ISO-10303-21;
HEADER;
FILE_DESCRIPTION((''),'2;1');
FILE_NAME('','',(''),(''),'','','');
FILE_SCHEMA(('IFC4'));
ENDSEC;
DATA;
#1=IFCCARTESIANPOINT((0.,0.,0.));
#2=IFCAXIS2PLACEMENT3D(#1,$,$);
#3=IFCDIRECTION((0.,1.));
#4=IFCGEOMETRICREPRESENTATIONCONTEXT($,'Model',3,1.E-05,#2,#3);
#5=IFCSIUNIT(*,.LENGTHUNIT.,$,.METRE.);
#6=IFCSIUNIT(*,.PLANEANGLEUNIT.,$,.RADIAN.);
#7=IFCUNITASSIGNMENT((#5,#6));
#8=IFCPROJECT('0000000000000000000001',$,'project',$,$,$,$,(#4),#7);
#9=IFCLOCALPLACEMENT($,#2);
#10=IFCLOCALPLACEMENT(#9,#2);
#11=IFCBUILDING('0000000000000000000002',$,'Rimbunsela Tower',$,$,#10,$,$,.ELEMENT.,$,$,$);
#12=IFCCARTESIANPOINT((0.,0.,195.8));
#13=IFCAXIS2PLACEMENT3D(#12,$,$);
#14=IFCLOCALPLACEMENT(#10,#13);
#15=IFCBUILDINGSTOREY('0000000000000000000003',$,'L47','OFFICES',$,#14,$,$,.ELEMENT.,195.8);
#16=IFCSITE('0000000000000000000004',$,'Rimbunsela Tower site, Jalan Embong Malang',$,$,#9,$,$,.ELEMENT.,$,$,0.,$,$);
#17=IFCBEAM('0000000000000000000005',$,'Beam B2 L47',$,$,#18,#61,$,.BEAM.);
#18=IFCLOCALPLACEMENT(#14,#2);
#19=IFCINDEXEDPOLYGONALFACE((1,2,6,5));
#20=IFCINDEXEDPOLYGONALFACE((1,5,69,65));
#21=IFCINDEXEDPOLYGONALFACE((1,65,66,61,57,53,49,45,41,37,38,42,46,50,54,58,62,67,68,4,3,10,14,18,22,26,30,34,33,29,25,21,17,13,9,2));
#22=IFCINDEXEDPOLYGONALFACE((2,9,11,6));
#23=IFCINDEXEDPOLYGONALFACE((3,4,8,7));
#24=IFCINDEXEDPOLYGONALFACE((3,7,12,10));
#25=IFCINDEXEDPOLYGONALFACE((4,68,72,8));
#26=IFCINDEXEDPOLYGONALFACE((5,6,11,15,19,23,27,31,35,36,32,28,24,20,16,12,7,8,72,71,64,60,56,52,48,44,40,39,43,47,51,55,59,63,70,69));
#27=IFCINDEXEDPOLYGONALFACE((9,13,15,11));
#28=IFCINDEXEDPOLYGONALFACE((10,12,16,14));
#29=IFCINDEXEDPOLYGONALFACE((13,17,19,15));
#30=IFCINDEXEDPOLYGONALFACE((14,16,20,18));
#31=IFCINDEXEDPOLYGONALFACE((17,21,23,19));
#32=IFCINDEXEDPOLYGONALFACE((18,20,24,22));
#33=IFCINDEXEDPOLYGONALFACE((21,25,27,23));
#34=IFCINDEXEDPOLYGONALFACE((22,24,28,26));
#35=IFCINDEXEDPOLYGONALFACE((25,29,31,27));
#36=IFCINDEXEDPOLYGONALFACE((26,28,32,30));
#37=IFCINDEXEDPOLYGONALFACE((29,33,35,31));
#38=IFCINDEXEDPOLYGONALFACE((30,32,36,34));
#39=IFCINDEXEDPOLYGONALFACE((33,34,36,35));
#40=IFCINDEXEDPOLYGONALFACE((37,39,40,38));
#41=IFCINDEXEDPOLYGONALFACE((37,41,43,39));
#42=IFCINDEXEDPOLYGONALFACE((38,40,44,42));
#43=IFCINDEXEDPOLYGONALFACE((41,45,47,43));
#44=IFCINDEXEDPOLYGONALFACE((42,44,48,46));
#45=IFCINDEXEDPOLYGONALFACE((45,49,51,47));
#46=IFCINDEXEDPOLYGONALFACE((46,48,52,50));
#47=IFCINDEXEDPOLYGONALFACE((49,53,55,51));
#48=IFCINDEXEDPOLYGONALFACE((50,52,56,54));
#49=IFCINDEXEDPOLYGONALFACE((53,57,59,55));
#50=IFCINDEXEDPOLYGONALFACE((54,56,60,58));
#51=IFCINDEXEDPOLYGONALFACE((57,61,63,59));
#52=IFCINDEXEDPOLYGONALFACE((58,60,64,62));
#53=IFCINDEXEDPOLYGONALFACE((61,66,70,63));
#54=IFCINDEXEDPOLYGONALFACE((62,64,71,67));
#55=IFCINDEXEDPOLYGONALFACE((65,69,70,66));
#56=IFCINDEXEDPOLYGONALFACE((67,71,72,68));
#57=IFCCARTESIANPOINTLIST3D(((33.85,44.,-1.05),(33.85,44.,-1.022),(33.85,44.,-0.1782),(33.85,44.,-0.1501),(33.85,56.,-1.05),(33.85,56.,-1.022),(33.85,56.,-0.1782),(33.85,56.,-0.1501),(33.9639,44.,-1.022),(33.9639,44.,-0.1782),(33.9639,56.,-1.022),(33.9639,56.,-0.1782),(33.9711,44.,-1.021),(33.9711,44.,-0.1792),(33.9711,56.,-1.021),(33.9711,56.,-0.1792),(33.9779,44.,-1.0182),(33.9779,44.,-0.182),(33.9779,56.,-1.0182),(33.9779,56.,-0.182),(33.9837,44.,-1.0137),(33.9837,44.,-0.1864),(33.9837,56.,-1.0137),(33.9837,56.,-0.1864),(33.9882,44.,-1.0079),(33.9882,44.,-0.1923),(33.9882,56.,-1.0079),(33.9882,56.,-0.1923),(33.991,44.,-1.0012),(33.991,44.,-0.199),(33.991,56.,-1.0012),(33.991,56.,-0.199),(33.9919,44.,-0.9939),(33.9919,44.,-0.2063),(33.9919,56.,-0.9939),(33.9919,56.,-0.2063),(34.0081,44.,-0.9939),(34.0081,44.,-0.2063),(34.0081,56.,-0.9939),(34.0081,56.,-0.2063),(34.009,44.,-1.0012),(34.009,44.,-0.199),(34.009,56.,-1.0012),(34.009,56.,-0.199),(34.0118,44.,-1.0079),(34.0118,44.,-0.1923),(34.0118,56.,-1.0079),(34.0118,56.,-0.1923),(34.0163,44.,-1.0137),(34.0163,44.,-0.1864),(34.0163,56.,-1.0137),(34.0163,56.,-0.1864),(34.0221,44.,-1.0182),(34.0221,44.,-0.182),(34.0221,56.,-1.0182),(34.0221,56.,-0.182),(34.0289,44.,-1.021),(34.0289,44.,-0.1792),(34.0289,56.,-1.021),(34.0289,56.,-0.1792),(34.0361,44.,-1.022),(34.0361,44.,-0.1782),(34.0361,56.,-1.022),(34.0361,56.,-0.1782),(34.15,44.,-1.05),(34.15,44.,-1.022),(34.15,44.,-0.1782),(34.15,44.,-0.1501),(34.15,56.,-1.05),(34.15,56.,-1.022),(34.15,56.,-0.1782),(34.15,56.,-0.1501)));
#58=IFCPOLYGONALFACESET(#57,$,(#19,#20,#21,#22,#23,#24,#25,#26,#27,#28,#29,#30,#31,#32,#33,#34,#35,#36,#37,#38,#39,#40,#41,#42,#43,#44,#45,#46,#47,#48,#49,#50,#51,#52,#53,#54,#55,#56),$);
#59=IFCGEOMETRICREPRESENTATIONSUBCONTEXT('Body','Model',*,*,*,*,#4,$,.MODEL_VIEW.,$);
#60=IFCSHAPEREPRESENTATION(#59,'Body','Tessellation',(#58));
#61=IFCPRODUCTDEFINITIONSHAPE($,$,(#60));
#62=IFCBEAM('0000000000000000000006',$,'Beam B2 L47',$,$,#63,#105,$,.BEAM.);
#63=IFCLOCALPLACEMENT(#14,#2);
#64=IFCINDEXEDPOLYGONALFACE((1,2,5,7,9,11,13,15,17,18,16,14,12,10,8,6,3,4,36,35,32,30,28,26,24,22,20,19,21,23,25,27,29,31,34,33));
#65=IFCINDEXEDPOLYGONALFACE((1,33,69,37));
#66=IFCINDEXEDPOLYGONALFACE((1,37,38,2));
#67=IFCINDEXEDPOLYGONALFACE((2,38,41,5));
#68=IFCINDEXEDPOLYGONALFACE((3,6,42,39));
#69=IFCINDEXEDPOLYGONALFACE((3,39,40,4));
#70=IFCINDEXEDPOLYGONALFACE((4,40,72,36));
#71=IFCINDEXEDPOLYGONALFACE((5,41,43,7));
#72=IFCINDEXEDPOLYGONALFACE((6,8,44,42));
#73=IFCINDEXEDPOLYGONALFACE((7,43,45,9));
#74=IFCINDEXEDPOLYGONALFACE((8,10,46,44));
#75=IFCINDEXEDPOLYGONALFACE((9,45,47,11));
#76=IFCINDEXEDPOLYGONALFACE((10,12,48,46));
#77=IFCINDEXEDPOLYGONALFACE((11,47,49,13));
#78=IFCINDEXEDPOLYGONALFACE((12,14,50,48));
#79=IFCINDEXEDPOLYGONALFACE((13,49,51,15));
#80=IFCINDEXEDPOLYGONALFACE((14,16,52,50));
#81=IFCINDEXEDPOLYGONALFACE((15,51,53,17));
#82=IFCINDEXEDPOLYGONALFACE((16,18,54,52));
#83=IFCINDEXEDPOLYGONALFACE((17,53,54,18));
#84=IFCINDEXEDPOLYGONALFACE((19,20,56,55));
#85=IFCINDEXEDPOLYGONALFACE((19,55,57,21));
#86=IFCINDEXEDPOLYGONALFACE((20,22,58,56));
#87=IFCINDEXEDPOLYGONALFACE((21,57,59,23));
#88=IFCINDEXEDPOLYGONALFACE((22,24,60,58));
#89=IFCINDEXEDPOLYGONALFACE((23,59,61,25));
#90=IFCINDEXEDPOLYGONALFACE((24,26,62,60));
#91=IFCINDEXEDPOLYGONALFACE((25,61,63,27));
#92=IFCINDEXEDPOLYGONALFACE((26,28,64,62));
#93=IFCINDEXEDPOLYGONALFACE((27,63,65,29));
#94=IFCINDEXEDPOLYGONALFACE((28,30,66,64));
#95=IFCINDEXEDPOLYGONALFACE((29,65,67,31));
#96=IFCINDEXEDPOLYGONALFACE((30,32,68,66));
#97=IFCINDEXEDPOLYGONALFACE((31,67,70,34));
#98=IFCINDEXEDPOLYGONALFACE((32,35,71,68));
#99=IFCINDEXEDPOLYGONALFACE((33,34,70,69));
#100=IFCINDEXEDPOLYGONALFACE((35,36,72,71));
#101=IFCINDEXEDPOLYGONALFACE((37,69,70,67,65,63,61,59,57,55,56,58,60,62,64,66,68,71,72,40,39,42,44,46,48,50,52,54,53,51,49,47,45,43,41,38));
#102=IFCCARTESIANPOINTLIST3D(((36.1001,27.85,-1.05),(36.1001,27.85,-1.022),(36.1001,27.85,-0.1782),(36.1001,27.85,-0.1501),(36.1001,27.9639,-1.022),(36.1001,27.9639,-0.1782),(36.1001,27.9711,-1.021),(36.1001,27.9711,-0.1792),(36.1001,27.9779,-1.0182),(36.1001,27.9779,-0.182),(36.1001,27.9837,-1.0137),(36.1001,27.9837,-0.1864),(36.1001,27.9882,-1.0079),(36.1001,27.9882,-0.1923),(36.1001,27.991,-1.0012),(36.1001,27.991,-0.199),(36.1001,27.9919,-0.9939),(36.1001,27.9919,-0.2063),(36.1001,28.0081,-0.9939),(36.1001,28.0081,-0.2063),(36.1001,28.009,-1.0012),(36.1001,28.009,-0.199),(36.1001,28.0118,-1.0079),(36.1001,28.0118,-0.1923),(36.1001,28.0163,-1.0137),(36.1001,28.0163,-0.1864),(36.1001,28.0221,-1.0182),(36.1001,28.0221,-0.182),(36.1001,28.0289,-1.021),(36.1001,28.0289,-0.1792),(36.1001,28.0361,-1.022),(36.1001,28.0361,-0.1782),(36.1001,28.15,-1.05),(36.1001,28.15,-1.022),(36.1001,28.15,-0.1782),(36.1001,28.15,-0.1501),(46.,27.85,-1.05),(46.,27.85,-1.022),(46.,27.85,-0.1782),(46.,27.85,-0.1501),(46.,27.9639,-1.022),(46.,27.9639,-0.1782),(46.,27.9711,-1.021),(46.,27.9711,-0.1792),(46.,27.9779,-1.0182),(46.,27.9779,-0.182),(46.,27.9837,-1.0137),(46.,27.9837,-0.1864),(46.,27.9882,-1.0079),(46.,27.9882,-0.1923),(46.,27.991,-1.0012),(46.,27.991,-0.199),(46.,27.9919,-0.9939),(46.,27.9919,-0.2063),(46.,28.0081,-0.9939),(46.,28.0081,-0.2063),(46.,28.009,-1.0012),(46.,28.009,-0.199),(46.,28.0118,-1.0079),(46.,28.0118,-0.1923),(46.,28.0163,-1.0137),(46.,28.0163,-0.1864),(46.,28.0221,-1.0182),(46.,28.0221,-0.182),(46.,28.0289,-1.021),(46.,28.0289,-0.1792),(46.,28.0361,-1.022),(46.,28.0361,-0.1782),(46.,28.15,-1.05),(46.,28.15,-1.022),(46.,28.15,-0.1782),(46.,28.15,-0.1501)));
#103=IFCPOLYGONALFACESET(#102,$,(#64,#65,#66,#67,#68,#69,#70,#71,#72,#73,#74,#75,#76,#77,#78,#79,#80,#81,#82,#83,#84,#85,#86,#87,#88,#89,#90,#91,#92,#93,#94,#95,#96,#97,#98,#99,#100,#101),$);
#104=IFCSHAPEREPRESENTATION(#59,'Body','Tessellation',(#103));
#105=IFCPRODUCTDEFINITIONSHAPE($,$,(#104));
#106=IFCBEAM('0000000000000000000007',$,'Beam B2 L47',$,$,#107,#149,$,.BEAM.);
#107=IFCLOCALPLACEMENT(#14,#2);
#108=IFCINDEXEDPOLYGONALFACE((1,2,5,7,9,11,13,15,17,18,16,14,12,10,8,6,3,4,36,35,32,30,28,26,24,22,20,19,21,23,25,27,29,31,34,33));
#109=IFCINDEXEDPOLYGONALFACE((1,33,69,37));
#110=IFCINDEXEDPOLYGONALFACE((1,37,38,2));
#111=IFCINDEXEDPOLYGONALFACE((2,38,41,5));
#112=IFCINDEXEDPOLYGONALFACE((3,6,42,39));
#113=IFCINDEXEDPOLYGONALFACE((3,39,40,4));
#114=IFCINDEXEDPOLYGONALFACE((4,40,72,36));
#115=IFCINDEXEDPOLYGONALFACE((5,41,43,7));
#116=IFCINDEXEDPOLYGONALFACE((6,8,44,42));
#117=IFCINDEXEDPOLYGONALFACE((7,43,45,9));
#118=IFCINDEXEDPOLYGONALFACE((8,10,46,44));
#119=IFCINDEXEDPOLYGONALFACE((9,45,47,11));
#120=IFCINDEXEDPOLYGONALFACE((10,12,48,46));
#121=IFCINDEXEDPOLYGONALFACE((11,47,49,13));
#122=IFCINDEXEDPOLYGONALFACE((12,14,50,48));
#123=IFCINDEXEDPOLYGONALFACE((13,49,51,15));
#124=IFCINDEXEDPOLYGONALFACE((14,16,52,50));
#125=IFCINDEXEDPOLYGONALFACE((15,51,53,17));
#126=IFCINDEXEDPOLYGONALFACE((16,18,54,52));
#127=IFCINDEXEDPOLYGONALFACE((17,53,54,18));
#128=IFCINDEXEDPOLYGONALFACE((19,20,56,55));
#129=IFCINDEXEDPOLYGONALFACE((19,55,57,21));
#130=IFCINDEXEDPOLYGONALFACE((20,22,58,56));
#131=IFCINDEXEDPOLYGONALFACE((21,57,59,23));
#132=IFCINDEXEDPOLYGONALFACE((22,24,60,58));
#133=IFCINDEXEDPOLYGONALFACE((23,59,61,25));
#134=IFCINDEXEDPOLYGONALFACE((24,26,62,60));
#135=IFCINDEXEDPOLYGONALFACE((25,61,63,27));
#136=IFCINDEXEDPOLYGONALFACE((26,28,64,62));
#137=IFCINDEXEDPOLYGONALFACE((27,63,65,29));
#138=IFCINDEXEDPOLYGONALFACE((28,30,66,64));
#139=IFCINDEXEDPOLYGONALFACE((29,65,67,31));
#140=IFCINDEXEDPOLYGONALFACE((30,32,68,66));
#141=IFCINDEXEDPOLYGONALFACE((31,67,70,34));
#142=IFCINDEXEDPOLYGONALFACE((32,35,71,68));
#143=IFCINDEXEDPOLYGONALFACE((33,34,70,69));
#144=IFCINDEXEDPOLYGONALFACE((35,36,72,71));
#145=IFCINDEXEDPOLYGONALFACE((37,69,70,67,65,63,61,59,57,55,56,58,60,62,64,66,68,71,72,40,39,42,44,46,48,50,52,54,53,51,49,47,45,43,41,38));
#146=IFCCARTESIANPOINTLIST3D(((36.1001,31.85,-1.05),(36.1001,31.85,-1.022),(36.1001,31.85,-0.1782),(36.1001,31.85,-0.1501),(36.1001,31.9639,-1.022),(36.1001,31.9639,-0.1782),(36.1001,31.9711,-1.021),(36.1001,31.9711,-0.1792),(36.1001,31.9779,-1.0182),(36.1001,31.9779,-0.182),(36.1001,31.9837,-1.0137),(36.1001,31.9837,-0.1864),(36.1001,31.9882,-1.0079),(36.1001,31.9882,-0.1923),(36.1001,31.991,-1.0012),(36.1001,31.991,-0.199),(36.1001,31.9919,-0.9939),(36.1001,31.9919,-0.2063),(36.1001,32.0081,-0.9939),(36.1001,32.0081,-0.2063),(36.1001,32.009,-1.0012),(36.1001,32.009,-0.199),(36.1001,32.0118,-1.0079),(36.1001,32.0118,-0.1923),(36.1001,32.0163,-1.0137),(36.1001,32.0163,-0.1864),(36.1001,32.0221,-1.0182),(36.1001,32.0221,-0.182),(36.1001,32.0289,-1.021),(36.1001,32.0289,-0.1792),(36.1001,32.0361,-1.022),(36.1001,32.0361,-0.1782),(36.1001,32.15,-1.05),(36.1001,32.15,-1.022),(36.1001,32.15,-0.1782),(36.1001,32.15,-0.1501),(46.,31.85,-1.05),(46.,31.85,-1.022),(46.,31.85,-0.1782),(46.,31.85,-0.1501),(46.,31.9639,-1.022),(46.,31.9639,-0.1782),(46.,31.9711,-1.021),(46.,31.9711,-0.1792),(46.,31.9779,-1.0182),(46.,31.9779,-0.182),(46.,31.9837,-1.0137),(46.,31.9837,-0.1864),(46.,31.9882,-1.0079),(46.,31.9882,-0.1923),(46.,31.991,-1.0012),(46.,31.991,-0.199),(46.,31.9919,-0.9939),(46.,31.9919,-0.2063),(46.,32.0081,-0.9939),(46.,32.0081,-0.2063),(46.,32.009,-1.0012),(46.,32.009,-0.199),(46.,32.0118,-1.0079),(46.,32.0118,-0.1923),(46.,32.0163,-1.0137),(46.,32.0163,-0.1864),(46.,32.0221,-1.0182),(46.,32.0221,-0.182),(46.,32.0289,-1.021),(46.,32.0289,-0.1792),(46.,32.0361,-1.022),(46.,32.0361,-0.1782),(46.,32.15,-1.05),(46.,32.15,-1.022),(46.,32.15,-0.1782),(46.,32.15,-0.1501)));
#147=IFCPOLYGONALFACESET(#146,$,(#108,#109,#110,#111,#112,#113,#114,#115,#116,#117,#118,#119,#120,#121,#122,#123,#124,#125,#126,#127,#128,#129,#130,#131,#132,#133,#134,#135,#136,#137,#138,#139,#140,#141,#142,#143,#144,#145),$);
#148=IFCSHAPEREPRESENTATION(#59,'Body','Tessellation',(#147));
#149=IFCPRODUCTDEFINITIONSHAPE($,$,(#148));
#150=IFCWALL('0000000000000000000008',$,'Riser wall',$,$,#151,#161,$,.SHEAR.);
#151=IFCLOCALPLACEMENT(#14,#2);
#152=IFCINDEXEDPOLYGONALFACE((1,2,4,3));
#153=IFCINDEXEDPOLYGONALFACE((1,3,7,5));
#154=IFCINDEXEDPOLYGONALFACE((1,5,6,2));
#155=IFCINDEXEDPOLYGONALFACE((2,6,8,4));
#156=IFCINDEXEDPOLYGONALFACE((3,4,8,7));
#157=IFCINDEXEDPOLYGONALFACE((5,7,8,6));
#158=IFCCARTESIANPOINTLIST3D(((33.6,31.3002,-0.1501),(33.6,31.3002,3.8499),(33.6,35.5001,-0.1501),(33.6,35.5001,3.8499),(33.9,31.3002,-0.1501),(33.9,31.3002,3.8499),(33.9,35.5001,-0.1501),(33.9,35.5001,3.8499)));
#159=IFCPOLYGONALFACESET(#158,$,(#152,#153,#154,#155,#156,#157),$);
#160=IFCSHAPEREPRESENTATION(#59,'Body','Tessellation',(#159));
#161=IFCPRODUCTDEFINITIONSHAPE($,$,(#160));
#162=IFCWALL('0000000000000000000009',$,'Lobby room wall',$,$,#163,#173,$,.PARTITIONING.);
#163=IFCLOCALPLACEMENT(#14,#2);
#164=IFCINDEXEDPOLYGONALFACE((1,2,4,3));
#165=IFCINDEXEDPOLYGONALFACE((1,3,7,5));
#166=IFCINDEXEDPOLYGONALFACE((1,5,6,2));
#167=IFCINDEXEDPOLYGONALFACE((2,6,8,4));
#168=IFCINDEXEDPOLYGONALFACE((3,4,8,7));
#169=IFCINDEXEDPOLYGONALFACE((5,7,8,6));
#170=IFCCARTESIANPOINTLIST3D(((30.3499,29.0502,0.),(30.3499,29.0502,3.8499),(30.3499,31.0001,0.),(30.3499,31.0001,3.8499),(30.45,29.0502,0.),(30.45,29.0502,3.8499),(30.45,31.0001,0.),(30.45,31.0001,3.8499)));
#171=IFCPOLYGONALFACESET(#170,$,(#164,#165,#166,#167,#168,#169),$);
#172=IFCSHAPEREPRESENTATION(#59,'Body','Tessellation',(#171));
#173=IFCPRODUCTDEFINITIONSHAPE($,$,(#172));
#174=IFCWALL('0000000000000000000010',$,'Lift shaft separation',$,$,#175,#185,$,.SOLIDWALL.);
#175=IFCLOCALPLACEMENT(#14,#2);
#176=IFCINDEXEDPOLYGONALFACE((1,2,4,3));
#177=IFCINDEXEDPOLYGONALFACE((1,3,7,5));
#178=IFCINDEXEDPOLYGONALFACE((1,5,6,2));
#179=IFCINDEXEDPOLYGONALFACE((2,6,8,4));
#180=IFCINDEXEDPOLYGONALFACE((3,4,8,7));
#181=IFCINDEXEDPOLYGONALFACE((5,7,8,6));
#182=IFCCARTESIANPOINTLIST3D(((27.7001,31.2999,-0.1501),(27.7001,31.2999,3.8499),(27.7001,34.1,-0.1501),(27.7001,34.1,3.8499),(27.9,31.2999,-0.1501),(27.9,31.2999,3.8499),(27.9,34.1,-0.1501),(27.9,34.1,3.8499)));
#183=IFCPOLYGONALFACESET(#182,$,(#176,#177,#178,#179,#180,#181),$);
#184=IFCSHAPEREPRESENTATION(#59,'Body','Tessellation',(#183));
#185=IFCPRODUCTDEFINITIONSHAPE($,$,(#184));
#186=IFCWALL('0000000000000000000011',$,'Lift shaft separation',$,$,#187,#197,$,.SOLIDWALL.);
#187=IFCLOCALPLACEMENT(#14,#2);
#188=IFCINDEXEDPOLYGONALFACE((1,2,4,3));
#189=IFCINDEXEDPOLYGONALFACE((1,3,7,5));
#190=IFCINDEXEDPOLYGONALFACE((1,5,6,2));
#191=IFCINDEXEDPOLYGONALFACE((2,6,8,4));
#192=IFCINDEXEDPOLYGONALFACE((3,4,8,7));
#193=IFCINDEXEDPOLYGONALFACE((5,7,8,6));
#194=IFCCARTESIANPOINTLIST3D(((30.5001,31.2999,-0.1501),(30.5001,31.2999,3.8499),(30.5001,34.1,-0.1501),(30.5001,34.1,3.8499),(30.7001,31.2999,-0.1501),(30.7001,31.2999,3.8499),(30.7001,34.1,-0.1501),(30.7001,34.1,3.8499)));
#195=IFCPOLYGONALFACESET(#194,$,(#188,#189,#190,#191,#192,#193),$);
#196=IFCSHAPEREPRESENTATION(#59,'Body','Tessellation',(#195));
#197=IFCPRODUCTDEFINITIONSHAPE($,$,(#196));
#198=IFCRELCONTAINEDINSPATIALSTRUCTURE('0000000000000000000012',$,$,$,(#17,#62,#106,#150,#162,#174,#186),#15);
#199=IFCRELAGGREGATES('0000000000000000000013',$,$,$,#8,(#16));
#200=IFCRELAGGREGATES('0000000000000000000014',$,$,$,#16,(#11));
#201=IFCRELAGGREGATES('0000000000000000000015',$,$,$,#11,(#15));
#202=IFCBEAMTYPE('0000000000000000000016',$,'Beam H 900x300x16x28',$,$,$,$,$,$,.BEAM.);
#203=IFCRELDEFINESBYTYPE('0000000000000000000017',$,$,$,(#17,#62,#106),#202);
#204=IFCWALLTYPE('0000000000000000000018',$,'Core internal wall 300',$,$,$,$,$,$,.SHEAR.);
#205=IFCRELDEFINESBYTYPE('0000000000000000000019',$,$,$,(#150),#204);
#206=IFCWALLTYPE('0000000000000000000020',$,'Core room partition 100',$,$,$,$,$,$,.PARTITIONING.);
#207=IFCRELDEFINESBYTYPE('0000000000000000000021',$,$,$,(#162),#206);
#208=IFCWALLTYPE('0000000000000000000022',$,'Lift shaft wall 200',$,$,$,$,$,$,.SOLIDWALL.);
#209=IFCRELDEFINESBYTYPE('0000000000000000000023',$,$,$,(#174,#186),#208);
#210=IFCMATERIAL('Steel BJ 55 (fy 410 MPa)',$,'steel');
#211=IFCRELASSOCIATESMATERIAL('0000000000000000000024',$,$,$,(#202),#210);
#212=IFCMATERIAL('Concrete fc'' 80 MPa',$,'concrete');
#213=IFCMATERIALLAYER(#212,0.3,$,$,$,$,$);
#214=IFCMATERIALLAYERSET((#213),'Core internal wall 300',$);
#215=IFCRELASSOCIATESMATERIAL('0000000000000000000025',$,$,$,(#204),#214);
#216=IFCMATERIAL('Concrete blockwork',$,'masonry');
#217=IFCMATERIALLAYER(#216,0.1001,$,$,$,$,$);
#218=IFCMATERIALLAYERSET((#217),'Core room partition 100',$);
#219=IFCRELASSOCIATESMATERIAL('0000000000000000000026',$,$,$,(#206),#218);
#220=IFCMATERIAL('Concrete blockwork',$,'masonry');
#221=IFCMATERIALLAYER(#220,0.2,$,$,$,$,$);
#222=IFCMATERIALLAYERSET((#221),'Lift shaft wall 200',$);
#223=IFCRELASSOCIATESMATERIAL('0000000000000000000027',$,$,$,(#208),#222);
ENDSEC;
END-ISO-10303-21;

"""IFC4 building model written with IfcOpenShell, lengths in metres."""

from ifc_helpers import new_model, si_unit, direction, frame, frame_2d, origin, origin_2d, place, context, subcontext, project, spatial, rectangle, i_section, extrude, material, layer, layer_set, material_profile, profile_set, type_object, element, save


model = new_model("IFC4")

# Units and contexts
model_context = context("Model", 3, precision=1e-05, world=origin(), true_north=direction((0.0, 1.0)))
body_context = subcontext(model_context, "Body", "Model", "MODEL_VIEW")
ifc_project = project(units=[si_unit("LENGTHUNIT", "METRE"), si_unit("PLANEANGLEUNIT", "RADIAN")], contexts=[model_context])

# Site, building, storey
site_placement = place(None, origin())
site = spatial("IfcSite", under=ifc_project, at=site_placement, Name="Rimbunsela Tower site, Jalan Embong Malang", CompositionType="ELEMENT", RefElevation=0.0)
building_placement = place(site_placement, origin())
building = spatial("IfcBuilding", under=site, at=building_placement, Name="Rimbunsela Tower", CompositionType="ELEMENT")
storey_placement = place(building_placement, frame((0.0, 0.0, 195.8)))
storey = spatial("IfcBuildingStorey", under=building, at=storey_placement, Name="L47", Description="OFFICES", CompositionType="ELEMENT", Elevation=195.8)

# Beams
ifc_material_1 = material(Name="Steel BJ 55 (fy 410 MPa)", Category="steel")
ifc_material_profile_1 = material_profile(ifc_material_1, i_section(OverallWidth=0.3, OverallDepth=0.8999, WebThickness=0.0161, FlangeThickness=0.0281, FilletRadius=0.0281, at=origin_2d()), Name="H 900x300x16x28")
ifc_profile_set_1 = profile_set([ifc_material_profile_1], Name="Steel BJ 55 (fy 410 MPa)")
beam_type_1 = type_object("IfcBeamType", Name="Beam H 900x300x16x28", PredefinedType="BEAM", material=ifc_profile_set_1)
for number, where, z_axis, x_axis, name in (
    (1, (34.0, 44.0, -0.6001), (0.0, 1.0, 0.0), (-1.0, 0.0, 0.0), "Beam B2 L47"),
):
    element("IfcBeam", number, at=place(storey_placement, frame(where, z_axis=z_axis, x_axis=x_axis)), inside=storey, type_object=beam_type_1, Name=name, PredefinedType="BEAM", context=body_context, shape_type="SweptSolid", body=[
        extrude(i_section(OverallWidth=0.3, OverallDepth=0.8999, WebThickness=0.0161, FlangeThickness=0.0281, FilletRadius=0.0281, at=origin_2d()), origin(), (0.0, 0.0, 1.0), 12.0),
    ])
for number, where, z_axis, x_axis, name in (
    (2, (36.1001, 28.0, -0.6001), (1.0, 0.0, 0.0), (0.0, 1.0, 0.0), "Beam B2 L47"),
    (3, (36.1001, 32.0, -0.6001), (1.0, 0.0, 0.0), (0.0, 1.0, 0.0), "Beam B2 L47"),
):
    element("IfcBeam", number, at=place(storey_placement, frame(where, z_axis=z_axis, x_axis=x_axis)), inside=storey, type_object=beam_type_1, Name=name, PredefinedType="BEAM", context=body_context, shape_type="SweptSolid", body=[
        extrude(i_section(OverallWidth=0.3, OverallDepth=0.8999, WebThickness=0.0161, FlangeThickness=0.0281, FilletRadius=0.0281, at=origin_2d()), origin(), (0.0, 0.0, 1.0), 9.8999),
    ])

# Walls
ifc_material_2 = material(Name="Concrete fc' 80 MPa", Category="concrete")
ifc_layer_1 = layer(ifc_material_2, 0.3)
ifc_layer_set_1 = layer_set([ifc_layer_1], Name="Core internal wall 300")
wall_type_1 = type_object("IfcWallType", Name="Core internal wall 300", PredefinedType="SHEAR", material=ifc_layer_set_1)
wall_1_placement = place(storey_placement, frame((33.75, 31.3, -0.1501), z_axis=(0.0, 0.0, 1.0), x_axis=(0.0, 1.0, 0.0)))
element("IfcWall", 4, at=wall_1_placement, inside=storey, type_object=wall_type_1, Name="Riser wall", PredefinedType="SHEAR", context=body_context, shape_type="SweptSolid", body=[
    extrude(rectangle(XDim=4.2, YDim=0.3, at=frame_2d((2.1001, 0.0))), origin(), (0.0, 0.0, 1.0), 4.0),
])
ifc_material_3 = material(Name="Concrete blockwork", Category="masonry")
ifc_layer_2 = layer(ifc_material_3, 0.1001)
ifc_layer_set_2 = layer_set([ifc_layer_2], Name="Core room partition 100")
wall_type_2 = type_object("IfcWallType", Name="Core room partition 100", PredefinedType="PARTITIONING", material=ifc_layer_set_2)
wall_2_placement = place(storey_placement, frame((30.3999, 29.05, 0.0), z_axis=(0.0, 0.0, 1.0), x_axis=(0.0, 1.0, 0.0)))
element("IfcWall", 5, at=wall_2_placement, inside=storey, type_object=wall_type_2, Name="Lobby room wall", PredefinedType="PARTITIONING", context=body_context, shape_type="SweptSolid", body=[
    extrude(rectangle(XDim=1.95, YDim=0.1001, at=frame_2d((0.9751, 0.0))), origin(), (0.0, 0.0, 1.0), 3.8499),
])
ifc_material_4 = material(Name="Concrete blockwork", Category="masonry")
ifc_layer_3 = layer(ifc_material_4, 0.2)
ifc_layer_set_3 = layer_set([ifc_layer_3], Name="Lift shaft wall 200")
wall_type_3 = type_object("IfcWallType", Name="Lift shaft wall 200", PredefinedType="SOLIDWALL", material=ifc_layer_set_3)
for number, where, z_axis, x_axis, name in (
    (6, (27.8, 31.3, -0.1501), (0.0, 0.0, 1.0), (0.0, 1.0, 0.0), "Lift shaft separation"),
    (7, (30.6001, 31.3, -0.1501), (0.0, 0.0, 1.0), (0.0, 1.0, 0.0), "Lift shaft separation"),
):
    element("IfcWall", number, at=place(storey_placement, frame(where, z_axis=z_axis, x_axis=x_axis)), inside=storey, type_object=wall_type_3, Name=name, PredefinedType="SOLIDWALL", context=body_context, shape_type="SweptSolid", body=[
        extrude(rectangle(XDim=2.8, YDim=0.2, at=frame_2d((1.3999, 0.0))), origin(), (0.0, 0.0, 1.0), 4.0),
    ])

save(model, "model.ifc")
